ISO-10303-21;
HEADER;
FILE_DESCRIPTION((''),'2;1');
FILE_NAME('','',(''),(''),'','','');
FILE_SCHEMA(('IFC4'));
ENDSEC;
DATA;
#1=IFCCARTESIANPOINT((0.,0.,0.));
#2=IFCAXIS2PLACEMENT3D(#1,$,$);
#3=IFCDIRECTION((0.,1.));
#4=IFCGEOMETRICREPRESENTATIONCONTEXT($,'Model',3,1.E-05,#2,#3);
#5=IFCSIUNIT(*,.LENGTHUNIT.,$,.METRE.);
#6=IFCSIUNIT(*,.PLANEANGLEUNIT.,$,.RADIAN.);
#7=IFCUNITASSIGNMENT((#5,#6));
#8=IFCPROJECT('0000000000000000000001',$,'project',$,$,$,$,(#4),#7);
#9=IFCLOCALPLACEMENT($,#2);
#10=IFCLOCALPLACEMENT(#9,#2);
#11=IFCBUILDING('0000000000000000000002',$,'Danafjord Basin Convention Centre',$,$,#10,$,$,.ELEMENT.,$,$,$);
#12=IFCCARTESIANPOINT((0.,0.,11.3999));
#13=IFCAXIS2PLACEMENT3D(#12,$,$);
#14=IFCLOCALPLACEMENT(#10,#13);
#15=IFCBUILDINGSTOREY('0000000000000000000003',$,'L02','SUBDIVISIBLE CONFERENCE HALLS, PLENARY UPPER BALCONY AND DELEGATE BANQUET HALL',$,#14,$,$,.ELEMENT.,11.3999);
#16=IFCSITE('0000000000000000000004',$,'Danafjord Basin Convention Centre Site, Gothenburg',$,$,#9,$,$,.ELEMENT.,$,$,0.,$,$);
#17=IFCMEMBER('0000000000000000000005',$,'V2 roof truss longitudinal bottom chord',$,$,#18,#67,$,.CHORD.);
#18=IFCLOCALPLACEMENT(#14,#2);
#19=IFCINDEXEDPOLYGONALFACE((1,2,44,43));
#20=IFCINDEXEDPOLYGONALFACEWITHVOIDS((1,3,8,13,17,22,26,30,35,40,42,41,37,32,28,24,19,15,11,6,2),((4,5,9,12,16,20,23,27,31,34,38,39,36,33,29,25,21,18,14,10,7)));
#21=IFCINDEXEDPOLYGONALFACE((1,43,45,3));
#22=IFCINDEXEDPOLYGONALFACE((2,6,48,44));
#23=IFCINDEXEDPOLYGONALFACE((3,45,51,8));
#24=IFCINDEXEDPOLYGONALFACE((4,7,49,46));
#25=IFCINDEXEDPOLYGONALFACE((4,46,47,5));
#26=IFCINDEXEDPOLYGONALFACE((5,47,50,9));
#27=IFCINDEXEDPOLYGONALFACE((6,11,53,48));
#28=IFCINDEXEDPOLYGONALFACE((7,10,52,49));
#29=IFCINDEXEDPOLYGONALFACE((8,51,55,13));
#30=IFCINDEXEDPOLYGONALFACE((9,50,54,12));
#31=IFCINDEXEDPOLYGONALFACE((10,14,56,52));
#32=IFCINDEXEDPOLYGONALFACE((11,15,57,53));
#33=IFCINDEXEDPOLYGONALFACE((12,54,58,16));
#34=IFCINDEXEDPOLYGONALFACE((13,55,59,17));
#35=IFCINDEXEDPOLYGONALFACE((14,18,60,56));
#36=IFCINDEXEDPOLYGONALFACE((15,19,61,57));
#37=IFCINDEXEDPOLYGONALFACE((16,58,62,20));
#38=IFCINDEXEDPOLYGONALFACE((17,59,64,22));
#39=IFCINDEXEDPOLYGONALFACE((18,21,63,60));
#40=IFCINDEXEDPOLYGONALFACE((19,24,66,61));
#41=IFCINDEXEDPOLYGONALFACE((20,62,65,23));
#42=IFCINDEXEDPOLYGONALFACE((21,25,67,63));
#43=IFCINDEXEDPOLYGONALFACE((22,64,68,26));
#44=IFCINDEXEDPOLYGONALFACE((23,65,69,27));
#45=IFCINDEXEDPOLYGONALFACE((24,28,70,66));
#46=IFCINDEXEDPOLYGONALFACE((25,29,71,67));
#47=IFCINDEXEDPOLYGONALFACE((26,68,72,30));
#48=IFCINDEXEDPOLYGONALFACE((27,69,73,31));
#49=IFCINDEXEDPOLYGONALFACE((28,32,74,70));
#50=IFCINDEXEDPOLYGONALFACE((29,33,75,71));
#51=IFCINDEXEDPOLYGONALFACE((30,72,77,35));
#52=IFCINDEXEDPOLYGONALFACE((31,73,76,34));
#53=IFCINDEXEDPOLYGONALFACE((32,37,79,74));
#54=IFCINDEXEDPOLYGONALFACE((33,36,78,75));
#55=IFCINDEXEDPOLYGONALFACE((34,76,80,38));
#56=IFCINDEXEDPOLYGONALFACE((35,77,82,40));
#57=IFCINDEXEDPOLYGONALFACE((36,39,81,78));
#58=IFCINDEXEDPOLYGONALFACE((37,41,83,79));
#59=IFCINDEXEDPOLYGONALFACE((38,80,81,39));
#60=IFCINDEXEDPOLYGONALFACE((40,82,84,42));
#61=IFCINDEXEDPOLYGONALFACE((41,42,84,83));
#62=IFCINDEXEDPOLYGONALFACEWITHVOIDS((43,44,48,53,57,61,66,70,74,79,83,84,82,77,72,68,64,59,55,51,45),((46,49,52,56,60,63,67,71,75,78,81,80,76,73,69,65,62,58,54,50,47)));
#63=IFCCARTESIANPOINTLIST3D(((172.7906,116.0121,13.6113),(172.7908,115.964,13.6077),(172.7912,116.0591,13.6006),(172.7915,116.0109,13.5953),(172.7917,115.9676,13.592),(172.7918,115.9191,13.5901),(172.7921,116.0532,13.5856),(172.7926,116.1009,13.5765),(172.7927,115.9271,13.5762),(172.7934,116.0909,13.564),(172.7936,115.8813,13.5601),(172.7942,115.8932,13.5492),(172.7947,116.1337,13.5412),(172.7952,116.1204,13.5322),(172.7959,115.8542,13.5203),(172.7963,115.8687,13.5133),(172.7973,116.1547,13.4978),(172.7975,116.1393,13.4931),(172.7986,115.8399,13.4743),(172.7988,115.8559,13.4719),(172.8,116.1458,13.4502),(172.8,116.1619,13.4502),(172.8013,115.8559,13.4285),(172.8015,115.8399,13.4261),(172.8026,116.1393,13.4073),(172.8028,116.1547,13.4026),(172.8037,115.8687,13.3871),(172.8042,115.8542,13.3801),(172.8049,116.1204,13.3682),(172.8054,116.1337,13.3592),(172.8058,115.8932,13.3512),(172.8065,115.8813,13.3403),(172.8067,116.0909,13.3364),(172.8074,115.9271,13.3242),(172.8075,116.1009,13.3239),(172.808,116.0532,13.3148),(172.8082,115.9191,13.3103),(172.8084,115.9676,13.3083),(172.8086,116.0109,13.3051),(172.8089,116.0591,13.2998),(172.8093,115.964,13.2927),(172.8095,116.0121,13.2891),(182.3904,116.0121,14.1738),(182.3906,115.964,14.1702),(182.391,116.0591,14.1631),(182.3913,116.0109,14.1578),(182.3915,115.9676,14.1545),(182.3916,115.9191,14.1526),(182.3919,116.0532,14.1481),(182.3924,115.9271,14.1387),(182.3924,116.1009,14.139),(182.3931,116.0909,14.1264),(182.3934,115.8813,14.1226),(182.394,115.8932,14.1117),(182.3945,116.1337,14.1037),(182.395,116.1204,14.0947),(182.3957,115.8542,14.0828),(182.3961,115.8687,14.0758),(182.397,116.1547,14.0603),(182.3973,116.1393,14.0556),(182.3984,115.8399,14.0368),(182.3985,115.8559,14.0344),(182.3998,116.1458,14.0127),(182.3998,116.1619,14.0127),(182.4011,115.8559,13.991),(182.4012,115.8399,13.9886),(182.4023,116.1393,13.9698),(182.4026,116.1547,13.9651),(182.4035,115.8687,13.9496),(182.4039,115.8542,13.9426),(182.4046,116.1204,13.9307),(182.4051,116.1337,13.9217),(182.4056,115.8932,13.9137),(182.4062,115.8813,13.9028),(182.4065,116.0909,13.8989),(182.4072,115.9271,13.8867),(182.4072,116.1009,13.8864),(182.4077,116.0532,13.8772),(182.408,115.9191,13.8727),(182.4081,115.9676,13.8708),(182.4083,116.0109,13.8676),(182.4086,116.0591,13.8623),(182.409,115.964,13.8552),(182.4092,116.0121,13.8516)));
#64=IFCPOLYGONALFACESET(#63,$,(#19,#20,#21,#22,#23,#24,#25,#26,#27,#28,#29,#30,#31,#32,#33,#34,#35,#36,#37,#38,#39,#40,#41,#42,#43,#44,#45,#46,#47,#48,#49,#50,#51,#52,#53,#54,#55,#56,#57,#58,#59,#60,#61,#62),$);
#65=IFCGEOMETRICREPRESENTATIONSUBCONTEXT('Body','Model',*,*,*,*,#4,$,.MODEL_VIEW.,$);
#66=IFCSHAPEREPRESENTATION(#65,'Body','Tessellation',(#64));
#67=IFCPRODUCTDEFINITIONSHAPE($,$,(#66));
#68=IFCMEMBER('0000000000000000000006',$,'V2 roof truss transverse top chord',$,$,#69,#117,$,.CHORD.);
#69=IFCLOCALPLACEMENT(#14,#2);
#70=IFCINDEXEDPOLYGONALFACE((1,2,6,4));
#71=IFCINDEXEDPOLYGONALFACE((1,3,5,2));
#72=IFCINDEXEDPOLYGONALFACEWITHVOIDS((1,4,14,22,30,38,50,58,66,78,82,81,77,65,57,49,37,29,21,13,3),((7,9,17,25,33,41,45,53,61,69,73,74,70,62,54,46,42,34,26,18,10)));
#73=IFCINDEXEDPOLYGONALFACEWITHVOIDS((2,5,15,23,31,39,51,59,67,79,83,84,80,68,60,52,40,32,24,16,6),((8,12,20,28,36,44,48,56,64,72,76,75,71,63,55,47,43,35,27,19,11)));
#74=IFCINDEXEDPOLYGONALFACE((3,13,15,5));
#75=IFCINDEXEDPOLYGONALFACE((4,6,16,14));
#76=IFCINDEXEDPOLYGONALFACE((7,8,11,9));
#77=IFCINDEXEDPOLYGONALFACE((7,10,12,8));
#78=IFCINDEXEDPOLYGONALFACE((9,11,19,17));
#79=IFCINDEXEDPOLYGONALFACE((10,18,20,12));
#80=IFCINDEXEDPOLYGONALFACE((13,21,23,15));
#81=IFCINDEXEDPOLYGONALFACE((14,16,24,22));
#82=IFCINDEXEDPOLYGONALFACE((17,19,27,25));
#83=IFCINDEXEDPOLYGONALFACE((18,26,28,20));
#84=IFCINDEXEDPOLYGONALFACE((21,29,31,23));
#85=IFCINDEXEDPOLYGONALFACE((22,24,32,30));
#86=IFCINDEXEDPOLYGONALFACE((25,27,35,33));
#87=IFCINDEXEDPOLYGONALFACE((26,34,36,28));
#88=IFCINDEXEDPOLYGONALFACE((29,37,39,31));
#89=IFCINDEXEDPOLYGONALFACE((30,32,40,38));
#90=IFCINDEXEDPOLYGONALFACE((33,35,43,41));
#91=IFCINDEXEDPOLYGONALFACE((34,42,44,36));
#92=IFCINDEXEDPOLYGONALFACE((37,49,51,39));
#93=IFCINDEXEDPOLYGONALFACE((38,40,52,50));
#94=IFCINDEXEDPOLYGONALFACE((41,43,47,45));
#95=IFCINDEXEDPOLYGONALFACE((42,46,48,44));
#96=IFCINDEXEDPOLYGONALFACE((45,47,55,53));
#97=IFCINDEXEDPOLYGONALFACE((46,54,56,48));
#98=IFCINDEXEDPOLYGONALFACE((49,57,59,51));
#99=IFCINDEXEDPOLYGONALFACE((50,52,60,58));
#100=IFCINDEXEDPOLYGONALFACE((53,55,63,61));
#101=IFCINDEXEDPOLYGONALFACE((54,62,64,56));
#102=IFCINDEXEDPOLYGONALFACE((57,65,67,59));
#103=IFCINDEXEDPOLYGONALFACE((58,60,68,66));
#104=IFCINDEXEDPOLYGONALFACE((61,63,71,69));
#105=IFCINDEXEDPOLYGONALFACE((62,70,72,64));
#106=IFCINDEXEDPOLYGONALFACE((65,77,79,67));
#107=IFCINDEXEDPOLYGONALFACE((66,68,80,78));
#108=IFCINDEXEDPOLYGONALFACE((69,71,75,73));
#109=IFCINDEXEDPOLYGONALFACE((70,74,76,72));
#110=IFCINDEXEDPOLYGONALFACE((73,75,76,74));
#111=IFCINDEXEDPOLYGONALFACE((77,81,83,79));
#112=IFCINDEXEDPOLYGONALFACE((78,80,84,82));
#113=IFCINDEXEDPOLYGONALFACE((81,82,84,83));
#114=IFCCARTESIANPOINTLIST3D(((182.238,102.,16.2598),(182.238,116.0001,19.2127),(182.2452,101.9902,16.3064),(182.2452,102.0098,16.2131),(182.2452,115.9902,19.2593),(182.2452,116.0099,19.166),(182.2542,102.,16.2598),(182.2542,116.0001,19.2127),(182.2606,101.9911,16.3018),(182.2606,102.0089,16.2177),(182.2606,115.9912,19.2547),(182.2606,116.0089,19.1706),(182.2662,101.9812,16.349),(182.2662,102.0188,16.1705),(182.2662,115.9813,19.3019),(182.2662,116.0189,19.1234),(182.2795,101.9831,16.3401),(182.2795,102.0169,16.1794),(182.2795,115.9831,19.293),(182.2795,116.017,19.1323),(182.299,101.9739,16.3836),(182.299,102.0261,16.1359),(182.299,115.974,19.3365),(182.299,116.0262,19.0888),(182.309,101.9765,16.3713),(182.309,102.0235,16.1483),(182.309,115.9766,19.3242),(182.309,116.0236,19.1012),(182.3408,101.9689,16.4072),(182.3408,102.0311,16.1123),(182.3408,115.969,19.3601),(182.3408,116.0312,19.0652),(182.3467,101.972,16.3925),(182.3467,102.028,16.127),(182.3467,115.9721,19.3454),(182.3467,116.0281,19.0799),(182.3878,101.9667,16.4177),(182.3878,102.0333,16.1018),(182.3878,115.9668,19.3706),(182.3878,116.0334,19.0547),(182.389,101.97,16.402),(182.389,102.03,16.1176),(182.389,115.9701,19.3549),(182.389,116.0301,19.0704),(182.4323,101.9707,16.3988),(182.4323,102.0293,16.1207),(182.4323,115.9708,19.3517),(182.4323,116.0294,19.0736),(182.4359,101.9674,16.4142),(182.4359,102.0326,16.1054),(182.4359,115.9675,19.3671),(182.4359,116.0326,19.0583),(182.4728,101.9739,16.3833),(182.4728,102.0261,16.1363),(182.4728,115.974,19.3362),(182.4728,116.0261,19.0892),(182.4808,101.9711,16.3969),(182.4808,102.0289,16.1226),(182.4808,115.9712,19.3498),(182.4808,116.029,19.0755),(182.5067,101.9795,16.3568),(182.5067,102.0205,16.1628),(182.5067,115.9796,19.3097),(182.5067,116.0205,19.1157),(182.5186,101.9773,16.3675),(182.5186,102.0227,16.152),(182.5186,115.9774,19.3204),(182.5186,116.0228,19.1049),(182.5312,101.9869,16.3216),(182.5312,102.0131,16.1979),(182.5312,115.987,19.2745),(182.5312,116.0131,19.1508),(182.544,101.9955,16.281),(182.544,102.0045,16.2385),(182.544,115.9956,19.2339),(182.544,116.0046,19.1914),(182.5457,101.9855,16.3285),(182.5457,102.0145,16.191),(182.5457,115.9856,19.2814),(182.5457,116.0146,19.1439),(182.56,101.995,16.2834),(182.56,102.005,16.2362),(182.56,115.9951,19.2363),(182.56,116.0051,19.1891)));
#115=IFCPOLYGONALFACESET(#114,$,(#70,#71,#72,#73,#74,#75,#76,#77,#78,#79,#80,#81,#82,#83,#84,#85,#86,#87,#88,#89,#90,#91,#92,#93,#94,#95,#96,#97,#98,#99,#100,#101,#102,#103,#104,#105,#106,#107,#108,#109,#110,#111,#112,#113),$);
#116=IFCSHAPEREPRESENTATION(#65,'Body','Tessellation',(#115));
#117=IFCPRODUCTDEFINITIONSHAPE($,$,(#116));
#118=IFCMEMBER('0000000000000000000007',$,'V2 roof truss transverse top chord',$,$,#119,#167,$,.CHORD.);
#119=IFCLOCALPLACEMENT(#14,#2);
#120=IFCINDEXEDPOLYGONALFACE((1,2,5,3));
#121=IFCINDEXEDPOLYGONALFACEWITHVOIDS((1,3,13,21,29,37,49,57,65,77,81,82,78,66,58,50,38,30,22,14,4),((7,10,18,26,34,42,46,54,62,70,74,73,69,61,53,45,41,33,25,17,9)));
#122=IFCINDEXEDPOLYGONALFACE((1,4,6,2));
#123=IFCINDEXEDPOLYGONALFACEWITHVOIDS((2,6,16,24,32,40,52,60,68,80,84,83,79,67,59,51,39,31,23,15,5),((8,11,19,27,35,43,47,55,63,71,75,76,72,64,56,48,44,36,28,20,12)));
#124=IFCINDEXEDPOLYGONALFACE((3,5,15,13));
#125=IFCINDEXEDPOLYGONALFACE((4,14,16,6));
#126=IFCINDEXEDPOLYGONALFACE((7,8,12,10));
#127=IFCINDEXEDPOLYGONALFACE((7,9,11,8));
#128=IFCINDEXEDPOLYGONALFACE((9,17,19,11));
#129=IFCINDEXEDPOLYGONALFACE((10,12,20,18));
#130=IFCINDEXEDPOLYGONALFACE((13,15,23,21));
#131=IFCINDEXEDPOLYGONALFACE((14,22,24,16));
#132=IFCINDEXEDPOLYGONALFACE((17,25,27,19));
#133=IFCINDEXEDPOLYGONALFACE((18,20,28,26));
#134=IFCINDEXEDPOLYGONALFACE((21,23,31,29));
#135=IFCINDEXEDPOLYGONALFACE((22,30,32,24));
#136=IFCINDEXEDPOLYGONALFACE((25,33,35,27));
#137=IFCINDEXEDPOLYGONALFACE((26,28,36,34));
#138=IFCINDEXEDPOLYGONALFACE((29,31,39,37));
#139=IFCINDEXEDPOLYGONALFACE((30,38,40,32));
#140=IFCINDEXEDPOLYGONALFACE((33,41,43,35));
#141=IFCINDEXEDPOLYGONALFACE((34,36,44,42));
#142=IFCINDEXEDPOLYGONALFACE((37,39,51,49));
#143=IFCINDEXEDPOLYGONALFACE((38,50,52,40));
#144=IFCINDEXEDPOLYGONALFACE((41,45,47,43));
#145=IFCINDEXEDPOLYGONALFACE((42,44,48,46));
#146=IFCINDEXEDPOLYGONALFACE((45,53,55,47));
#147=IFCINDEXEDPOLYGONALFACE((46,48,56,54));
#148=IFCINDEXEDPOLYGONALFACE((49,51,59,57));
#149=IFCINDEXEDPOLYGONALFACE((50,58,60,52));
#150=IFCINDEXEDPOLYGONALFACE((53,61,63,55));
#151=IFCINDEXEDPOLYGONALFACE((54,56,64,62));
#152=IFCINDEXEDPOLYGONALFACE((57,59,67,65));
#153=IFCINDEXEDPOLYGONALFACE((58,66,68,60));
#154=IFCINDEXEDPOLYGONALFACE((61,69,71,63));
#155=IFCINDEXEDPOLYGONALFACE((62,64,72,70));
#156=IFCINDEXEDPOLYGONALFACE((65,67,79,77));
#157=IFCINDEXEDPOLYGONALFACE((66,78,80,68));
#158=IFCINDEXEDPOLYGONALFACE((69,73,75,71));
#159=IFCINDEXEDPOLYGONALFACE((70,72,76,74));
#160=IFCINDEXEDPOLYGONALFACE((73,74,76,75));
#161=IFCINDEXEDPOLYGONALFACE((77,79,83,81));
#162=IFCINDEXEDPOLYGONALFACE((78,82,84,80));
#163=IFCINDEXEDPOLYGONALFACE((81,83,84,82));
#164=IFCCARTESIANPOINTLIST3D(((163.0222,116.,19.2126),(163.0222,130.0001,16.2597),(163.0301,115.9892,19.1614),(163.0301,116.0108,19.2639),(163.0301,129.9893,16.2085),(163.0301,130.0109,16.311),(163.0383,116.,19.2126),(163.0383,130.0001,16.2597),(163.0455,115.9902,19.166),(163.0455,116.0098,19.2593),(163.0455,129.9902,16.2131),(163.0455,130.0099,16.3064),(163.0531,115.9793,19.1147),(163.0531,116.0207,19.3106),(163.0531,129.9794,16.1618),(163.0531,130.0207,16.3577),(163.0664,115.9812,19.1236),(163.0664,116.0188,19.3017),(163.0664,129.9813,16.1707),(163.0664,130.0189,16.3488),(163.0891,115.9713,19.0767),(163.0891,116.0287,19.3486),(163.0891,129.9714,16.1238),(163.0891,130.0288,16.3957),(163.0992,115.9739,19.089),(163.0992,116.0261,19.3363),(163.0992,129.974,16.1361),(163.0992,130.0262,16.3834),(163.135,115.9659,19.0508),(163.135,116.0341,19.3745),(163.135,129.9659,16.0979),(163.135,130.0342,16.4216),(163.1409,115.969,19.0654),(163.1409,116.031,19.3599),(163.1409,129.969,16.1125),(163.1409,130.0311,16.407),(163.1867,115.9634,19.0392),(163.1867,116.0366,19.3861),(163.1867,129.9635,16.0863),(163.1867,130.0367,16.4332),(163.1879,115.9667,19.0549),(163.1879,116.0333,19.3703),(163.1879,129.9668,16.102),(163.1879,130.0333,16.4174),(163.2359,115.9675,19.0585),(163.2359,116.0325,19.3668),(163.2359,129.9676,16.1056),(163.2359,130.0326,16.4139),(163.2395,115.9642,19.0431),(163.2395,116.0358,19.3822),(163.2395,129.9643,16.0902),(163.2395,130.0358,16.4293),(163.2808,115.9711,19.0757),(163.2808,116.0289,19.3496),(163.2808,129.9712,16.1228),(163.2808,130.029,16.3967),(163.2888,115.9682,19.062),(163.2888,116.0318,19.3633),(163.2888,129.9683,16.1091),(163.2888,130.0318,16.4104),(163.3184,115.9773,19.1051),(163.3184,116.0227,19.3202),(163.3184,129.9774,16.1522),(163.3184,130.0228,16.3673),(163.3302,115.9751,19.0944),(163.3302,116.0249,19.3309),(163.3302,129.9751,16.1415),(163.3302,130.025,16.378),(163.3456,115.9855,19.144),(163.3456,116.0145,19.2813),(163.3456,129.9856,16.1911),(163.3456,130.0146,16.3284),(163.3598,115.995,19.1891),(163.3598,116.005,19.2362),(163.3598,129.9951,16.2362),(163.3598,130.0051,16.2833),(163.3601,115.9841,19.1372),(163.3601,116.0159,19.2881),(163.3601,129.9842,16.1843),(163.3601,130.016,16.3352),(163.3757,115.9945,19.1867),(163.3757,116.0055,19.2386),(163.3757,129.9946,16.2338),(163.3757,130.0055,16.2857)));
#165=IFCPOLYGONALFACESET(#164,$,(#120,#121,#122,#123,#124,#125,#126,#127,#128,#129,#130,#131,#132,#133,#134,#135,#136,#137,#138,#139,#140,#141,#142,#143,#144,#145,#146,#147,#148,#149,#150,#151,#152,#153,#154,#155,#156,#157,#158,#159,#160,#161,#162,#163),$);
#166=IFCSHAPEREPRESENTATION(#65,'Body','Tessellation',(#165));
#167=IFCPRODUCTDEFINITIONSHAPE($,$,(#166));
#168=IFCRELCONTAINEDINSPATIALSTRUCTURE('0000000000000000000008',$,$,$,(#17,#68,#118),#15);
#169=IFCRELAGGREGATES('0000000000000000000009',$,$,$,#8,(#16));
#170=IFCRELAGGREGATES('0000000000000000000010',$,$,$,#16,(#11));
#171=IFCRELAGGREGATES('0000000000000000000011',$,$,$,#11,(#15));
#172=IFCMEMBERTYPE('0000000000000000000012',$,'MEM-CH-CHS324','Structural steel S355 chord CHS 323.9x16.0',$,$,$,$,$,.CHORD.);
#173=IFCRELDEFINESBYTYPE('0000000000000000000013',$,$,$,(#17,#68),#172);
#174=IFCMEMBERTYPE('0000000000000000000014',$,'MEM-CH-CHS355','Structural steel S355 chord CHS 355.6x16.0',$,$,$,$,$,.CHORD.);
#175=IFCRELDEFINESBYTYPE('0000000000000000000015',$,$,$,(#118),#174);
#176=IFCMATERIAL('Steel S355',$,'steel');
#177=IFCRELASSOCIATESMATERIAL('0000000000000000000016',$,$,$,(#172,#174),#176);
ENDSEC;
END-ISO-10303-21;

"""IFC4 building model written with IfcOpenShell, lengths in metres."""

from ifc_helpers import new_model, si_unit, direction, frame, origin, origin_2d, place, context, subcontext, project, spatial, hollow_circle, extrude, material, material_profile, profile_set, type_object, element, save


model = new_model("IFC4")

# Units and contexts
model_context = context("Model", 3, precision=1e-05, world=origin(), true_north=direction((0.0, 1.0)))
body_context = subcontext(model_context, "Body", "Model", "MODEL_VIEW")
ifc_project = project(units=[si_unit("LENGTHUNIT", "METRE"), si_unit("PLANEANGLEUNIT", "RADIAN")], contexts=[model_context])

# Site, building, storey
site_placement = place(None, origin())
site = spatial("IfcSite", under=ifc_project, at=site_placement, Name="Danafjord Basin Convention Centre Site, Gothenburg", CompositionType="ELEMENT", RefElevation=0.0)
building_placement = place(site_placement, origin())
building = spatial("IfcBuilding", under=site, at=building_placement, Name="Danafjord Basin Convention Centre", CompositionType="ELEMENT")
storey_placement = place(building_placement, frame((0.0, 0.0, 11.3999)))
storey = spatial("IfcBuildingStorey", under=building, at=storey_placement, Name="L02", Description="SUBDIVISIBLE CONFERENCE HALLS, PLENARY UPPER BALCONY AND DELEGATE BANQUET HALL", CompositionType="ELEMENT", Elevation=11.3999)

# Members
ifc_material = material(Name="Steel S355", Category="steel")
ifc_material_profile_1 = material_profile(ifc_material, hollow_circle(Radius=0.1619, WallThickness=0.0161, at=origin_2d()), Name="CHS 323.9x16.0")
ifc_profile_set_1 = profile_set([ifc_material_profile_1], Name="Steel S355")
member_type_1 = type_object("IfcMemberType", Name="MEM-CH-CHS324", Description="Structural steel S355 chord CHS 323.9x16.0", PredefinedType="CHORD", material=ifc_profile_set_1)
member_1_placement = place(storey_placement, frame((172.8, 116.0, 13.4502), z_axis=(0.998288, 0.0, 0.058494), x_axis=(0.0, 1.0, 0.0)))
element("IfcMember", 1, at=member_1_placement, inside=storey, type_object=member_type_1, Name="V2 roof truss longitudinal bottom chord", PredefinedType="CHORD", context=body_context, shape_type="SweptSolid", body=[
    extrude(hollow_circle(Radius=0.1619, WallThickness=0.0161, at=origin_2d()), origin(), (0.0, 0.0, 1.0), 9.6162),
])
member_2_placement = place(storey_placement, frame((182.3999, 102.0, 16.2598), z_axis=(0.0, 0.978472, 0.206379), x_axis=(-1.0, 0.0, 0.0)))
element("IfcMember", 2, at=member_2_placement, inside=storey, type_object=member_type_1, Name="V2 roof truss transverse top chord", PredefinedType="CHORD", context=body_context, shape_type="SweptSolid", body=[
    extrude(hollow_circle(Radius=0.1619, WallThickness=0.0161, at=origin_2d()), origin(), (0.0, 0.0, 1.0), 14.3081),
])
ifc_material_profile_2 = material_profile(ifc_material, hollow_circle(Radius=0.1777, WallThickness=0.0161, at=origin_2d()), Name="CHS 355.6x16.0")
ifc_profile_set_2 = profile_set([ifc_material_profile_2], Name="Steel S355")
member_type_2 = type_object("IfcMemberType", Name="MEM-CH-CHS355", Description="Structural steel S355 chord CHS 355.6x16.0", PredefinedType="CHORD", material=ifc_profile_set_2)
member_3_placement = place(storey_placement, frame((163.2, 116.0, 19.2126), z_axis=(0.0, 0.978472, -0.206379), x_axis=(-1.0, 0.0, 0.0)))
element("IfcMember", 3, at=member_3_placement, inside=storey, type_object=member_type_2, Name="V2 roof truss transverse top chord", PredefinedType="CHORD", context=body_context, shape_type="SweptSolid", body=[
    extrude(hollow_circle(Radius=0.1777, WallThickness=0.0161, at=origin_2d()), origin(), (0.0, 0.0, 1.0), 14.3081),
])

save(model, "model.ifc")
